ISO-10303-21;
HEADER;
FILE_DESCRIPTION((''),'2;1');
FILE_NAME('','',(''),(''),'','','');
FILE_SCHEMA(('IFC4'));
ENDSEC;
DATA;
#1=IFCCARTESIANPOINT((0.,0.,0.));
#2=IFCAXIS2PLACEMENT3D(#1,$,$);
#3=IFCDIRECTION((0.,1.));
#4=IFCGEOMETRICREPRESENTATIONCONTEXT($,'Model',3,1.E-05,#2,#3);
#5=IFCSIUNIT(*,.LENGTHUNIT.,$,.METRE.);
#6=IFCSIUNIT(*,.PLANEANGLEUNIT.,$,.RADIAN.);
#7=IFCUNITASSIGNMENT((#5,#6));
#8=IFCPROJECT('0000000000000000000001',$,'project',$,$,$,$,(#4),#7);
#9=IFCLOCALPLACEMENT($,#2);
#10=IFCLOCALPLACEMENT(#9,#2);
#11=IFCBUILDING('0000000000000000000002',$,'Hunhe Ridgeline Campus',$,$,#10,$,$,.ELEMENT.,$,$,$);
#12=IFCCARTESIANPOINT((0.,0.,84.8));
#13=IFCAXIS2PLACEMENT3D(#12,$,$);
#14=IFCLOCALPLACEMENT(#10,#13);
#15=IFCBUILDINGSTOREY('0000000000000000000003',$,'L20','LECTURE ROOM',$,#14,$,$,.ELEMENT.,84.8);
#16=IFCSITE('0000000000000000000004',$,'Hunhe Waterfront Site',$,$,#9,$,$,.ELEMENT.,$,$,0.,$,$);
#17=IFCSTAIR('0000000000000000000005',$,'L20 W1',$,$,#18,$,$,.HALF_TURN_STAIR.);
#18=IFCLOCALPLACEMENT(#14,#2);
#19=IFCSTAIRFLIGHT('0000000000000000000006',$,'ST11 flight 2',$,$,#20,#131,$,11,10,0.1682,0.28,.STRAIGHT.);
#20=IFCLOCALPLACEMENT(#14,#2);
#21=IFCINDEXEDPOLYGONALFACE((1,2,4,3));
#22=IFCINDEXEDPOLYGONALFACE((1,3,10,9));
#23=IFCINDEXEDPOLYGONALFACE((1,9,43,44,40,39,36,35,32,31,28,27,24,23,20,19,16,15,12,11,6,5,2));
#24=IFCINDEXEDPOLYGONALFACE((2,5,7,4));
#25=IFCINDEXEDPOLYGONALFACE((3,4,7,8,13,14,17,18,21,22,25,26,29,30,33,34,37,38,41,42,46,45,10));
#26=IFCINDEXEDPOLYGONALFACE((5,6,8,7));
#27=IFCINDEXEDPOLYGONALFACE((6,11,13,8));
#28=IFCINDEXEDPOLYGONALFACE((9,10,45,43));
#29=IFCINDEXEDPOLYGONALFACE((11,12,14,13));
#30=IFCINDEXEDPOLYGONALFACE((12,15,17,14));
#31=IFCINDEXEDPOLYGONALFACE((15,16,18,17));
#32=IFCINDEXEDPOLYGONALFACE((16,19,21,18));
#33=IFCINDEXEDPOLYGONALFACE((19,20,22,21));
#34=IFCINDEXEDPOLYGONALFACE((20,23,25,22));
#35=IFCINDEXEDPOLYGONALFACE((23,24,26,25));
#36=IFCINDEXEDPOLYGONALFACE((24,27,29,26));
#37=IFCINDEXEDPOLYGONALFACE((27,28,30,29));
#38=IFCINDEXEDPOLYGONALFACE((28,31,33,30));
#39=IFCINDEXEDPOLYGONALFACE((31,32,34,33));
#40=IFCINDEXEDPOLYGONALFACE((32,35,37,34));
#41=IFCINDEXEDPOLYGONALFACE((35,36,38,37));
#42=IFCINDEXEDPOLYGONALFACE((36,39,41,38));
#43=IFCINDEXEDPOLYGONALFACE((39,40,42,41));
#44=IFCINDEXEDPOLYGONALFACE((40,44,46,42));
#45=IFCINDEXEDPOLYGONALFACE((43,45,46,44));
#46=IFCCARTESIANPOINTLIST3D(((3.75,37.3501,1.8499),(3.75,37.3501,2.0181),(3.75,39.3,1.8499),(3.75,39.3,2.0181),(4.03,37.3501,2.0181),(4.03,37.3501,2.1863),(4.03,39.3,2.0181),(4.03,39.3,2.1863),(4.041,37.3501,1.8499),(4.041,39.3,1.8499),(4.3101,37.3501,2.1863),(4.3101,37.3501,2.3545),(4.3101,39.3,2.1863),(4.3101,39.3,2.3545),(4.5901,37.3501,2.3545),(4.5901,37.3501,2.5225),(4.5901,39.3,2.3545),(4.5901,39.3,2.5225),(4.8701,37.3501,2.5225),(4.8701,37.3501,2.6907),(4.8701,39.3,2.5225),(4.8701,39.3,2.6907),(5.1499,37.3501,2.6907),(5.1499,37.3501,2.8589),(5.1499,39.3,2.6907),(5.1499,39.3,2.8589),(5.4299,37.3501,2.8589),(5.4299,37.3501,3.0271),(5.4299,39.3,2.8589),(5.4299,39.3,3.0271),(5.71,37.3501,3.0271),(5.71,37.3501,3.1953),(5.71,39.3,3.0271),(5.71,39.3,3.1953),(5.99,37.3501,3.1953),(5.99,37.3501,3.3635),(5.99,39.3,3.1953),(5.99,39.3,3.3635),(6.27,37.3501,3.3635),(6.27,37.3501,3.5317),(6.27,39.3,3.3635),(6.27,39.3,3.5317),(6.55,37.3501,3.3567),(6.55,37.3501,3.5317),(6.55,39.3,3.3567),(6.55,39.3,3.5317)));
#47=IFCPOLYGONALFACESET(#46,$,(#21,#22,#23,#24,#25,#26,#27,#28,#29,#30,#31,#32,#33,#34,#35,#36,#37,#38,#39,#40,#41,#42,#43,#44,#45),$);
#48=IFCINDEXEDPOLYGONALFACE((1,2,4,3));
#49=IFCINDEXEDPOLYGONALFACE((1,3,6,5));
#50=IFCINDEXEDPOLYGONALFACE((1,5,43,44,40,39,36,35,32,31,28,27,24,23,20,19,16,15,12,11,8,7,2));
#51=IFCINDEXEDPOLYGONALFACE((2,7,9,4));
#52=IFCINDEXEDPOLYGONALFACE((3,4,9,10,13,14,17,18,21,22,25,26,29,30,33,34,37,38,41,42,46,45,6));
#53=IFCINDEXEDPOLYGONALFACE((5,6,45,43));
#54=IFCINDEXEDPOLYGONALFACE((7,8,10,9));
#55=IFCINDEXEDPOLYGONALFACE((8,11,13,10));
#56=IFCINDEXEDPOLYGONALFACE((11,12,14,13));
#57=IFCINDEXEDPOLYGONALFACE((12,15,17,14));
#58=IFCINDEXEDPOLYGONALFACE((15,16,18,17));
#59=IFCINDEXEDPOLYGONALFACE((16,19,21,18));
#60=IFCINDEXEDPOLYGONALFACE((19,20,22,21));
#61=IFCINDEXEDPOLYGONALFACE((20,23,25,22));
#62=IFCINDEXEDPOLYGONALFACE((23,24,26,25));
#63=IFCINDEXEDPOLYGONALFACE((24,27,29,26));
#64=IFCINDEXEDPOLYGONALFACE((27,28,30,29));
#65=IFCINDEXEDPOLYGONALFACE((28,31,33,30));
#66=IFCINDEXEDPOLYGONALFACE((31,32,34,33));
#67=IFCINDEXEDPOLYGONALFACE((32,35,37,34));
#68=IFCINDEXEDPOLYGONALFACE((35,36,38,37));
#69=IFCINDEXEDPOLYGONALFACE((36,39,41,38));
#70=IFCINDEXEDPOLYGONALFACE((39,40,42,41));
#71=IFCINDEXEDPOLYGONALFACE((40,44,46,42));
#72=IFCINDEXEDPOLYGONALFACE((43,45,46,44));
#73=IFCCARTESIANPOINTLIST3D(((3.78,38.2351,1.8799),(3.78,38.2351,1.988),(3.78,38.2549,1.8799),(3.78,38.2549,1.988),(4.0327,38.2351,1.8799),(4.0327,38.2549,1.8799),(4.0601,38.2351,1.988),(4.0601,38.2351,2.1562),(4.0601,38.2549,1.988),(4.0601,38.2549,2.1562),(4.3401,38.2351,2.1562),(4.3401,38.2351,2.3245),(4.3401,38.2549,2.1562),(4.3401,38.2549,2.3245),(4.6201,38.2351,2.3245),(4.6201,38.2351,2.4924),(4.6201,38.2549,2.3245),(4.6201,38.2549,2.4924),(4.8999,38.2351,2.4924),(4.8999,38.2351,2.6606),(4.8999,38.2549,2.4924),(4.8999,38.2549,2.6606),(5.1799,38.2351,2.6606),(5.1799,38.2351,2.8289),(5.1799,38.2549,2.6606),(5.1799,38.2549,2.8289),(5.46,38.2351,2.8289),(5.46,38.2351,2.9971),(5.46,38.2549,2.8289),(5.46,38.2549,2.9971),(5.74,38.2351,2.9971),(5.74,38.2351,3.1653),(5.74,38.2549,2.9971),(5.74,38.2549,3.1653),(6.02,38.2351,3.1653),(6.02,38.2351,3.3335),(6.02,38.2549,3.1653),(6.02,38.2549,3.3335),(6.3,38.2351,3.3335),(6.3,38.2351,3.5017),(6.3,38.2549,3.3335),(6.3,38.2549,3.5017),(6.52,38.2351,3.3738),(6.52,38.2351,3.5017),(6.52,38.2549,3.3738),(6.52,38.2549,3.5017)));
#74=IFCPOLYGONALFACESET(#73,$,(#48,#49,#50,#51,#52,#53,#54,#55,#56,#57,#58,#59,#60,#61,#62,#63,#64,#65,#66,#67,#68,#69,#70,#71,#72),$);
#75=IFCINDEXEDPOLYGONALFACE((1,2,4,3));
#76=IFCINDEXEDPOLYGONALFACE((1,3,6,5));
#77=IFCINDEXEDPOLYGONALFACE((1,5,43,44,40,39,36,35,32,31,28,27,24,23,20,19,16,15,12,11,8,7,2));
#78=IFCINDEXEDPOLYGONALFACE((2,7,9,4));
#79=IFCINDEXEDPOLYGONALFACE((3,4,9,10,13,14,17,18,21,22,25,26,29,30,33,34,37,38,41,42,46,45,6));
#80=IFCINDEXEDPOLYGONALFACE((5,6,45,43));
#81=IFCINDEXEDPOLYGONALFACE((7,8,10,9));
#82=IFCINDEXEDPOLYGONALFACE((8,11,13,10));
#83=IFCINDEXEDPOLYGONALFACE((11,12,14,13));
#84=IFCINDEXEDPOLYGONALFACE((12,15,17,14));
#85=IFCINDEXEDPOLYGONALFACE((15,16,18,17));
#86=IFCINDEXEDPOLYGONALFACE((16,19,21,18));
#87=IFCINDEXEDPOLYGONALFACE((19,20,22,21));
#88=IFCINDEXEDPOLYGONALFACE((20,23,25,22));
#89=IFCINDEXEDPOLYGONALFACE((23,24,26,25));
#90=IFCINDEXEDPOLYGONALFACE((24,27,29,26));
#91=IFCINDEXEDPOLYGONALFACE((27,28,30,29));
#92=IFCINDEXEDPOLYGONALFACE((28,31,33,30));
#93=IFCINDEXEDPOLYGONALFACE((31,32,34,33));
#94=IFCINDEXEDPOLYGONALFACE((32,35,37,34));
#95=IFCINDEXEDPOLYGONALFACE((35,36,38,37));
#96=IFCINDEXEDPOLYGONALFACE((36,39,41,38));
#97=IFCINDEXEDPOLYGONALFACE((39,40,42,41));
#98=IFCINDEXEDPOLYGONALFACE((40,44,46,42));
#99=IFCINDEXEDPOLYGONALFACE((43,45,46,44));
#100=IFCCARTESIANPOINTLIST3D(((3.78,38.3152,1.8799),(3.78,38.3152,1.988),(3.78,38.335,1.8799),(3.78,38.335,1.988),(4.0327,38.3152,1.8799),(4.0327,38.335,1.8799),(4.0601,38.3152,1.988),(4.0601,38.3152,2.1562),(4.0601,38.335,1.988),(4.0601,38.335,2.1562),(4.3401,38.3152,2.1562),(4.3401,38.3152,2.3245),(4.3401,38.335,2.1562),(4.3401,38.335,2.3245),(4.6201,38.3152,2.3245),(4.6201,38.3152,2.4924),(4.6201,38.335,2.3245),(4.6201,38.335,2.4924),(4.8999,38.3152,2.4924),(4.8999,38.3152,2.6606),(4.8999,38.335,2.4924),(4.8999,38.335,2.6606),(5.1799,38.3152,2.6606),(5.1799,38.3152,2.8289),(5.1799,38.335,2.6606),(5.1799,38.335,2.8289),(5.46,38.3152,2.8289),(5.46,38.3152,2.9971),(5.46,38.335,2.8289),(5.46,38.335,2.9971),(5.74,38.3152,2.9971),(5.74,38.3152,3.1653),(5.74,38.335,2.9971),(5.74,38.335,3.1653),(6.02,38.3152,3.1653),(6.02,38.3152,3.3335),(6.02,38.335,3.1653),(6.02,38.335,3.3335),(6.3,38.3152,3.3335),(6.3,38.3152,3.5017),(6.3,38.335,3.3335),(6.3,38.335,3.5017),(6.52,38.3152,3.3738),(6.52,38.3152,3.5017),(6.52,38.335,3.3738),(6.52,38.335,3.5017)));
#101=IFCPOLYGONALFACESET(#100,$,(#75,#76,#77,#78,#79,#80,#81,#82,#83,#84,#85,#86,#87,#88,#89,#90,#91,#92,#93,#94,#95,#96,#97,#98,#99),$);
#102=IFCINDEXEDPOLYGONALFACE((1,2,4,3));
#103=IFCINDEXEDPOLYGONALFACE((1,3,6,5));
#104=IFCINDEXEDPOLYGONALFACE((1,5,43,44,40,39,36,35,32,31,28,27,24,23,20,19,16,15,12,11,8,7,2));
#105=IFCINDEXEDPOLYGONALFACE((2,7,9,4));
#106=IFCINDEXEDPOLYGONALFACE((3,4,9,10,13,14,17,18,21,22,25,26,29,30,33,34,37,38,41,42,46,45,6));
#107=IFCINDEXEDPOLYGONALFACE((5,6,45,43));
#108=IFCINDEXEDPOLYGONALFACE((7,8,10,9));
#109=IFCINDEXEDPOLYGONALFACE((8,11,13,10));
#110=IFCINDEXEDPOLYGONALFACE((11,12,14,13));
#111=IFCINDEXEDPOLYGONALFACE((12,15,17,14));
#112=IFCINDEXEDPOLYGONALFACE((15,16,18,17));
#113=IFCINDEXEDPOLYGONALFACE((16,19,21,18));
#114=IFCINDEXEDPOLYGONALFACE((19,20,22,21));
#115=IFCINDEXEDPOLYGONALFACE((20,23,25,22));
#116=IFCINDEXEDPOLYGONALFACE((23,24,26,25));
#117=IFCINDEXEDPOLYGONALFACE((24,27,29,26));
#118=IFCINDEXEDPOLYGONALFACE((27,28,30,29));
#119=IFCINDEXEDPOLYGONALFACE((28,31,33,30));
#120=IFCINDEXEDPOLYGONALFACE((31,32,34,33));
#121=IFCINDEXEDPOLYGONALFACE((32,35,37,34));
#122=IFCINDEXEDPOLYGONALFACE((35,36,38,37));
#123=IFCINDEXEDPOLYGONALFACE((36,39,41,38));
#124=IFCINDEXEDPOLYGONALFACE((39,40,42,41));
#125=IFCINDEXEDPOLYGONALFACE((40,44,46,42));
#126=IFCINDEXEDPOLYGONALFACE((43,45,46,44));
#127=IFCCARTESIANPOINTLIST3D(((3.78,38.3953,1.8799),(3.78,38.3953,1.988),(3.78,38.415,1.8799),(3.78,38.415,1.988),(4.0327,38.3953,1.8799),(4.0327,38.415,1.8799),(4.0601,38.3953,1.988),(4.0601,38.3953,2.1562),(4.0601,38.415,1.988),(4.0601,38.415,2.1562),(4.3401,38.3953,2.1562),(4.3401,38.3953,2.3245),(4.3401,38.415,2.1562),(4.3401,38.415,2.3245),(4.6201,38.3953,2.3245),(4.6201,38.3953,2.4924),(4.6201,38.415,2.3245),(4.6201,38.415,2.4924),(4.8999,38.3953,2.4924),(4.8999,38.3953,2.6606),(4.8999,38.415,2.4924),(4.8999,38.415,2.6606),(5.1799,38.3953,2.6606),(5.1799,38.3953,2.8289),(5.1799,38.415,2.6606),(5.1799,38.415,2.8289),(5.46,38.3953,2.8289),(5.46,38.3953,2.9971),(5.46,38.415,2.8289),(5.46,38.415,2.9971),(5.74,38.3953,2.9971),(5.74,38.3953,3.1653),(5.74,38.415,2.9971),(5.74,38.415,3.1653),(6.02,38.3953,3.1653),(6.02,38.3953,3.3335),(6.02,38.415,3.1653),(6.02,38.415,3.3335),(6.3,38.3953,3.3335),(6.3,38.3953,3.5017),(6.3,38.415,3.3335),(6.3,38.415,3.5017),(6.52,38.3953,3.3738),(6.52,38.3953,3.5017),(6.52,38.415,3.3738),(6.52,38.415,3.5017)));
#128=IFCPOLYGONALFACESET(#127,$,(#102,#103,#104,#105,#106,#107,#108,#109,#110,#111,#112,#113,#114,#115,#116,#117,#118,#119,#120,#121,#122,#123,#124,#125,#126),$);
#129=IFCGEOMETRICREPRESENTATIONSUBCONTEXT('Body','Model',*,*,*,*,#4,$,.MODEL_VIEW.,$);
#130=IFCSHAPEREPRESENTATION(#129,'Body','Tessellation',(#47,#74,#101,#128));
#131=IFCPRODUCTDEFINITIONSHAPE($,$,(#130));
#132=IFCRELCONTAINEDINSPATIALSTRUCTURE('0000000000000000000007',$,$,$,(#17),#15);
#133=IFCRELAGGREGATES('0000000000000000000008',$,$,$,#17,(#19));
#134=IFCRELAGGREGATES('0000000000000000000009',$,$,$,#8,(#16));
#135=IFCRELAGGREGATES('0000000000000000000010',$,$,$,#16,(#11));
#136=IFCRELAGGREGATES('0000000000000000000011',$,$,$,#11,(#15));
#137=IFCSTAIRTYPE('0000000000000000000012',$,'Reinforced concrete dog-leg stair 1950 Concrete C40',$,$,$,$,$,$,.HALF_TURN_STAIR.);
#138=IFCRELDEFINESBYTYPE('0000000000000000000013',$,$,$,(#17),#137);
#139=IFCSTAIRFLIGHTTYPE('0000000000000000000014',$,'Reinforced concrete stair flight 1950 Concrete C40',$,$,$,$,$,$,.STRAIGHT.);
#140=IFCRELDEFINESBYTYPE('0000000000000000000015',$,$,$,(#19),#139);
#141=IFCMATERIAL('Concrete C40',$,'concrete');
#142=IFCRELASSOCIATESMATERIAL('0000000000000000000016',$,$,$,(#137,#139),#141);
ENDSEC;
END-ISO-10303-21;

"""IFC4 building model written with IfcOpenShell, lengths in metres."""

from ifc_helpers import new_model, si_unit, direction, frame, origin, place, context, subcontext, project, spatial, polyline, outline, extrude, material, type_object, element, aggregate, save


model = new_model("IFC4")

# Units and contexts
model_context = context("Model", 3, precision=1e-05, world=origin(), true_north=direction((0.0, 1.0)))
body_context = subcontext(model_context, "Body", "Model", "MODEL_VIEW")
ifc_project = project(units=[si_unit("LENGTHUNIT", "METRE"), si_unit("PLANEANGLEUNIT", "RADIAN")], contexts=[model_context])

# Site, building, storey
site_placement = place(None, origin())
site = spatial("IfcSite", under=ifc_project, at=site_placement, Name="Hunhe Waterfront Site", CompositionType="ELEMENT", RefElevation=0.0)
building_placement = place(site_placement, origin())
building = spatial("IfcBuilding", under=site, at=building_placement, Name="Hunhe Ridgeline Campus", CompositionType="ELEMENT")
storey_placement = place(building_placement, frame((0.0, 0.0, 84.8)))
storey = spatial("IfcBuildingStorey", under=building, at=storey_placement, Name="L20", Description="LECTURE ROOM", CompositionType="ELEMENT", Elevation=84.8)

# Shared definitions
ifc_material_1 = material(Name="Concrete C40", Category="concrete")
stair_type = type_object("IfcStairType", Name="Reinforced concrete dog-leg stair 1950 Concrete C40", PredefinedType="HALF_TURN_STAIR", material=ifc_material_1)
stair_flight_type = type_object("IfcStairFlightType", Name="Reinforced concrete stair flight 1950 Concrete C40", PredefinedType="STRAIGHT", material=ifc_material_1)

# Stair, stair flight
stair_1_placement = place(storey_placement, origin())
stair_1 = element("IfcStair", 1, at=stair_1_placement, inside=storey, type_object=stair_type, Name="L20 W1", PredefinedType="HALF_TURN_STAIR")
stair_flight_1_placement = place(storey_placement, frame((3.75, 38.325, 1.8499), z_axis=(0.0, 0.0, 1.0), x_axis=(1.0, 0.0, 0.0)))
stair_flight_1 = element("IfcStairFlight", 2, at=stair_flight_1_placement, type_object=stair_flight_type, Name="ST11 flight 2", NumberOfRisers=11, NumberOfTreads=10, PredefinedType="STRAIGHT", RiserHeight=0.1682, TreadLength=0.28, context=body_context, shape_type="SweptSolid", body=[
    extrude(outline(polyline([(0.0, 0.0), (0.0, 0.1682), (0.28, 0.1682), (0.28, 0.3364), (0.5601, 0.3364), (0.5601, 0.5046), (0.8401, 0.5046), (0.8401, 0.6726), (1.1201, 0.6726), (1.1201, 0.8408), (1.3999, 0.8408), (1.3999, 1.009), (1.6799, 1.009), (1.6799, 1.1772), (1.96, 1.1772), (1.96, 1.3455), (2.24, 1.3455), (2.24, 1.5137), (2.52, 1.5137), (2.52, 1.6819), (2.8, 1.6819), (2.8, 1.8501), (2.8, 1.5068), (0.291, 0.0), (0.0, 0.0)])), frame((0.0, 0.9751, 0.0), z_axis=(0.0, -1.0, 0.0), x_axis=(1.0, 0.0, 0.0)), (0.0, 0.0, 1.0), 1.95),
    extrude(outline(polyline([(0.03, 0.03), (0.03, 0.1382), (0.3101, 0.1382), (0.3101, 0.3064), (0.5901, 0.3064), (0.5901, 0.4746), (0.8701, 0.4746), (0.8701, 0.6426), (1.1499, 0.6426), (1.1499, 0.8108), (1.4299, 0.8108), (1.4299, 0.979), (1.71, 0.979), (1.71, 1.1472), (1.99, 1.1472), (1.99, 1.3154), (2.27, 1.3154), (2.27, 1.4836), (2.55, 1.4836), (2.55, 1.6519), (2.77, 1.6519), (2.77, 1.5239), (0.2827, 0.03), (0.03, 0.03)])), frame((0.0, -0.0701, 0.0), z_axis=(0.0, -1.0, 0.0), x_axis=(1.0, 0.0, 0.0)), (0.0, 0.0, 1.0), 0.0198),
    extrude(outline(polyline([(0.03, 0.03), (0.03, 0.1382), (0.3101, 0.1382), (0.3101, 0.3064), (0.5901, 0.3064), (0.5901, 0.4746), (0.8701, 0.4746), (0.8701, 0.6426), (1.1499, 0.6426), (1.1499, 0.8108), (1.4299, 0.8108), (1.4299, 0.979), (1.71, 0.979), (1.71, 1.1472), (1.99, 1.1472), (1.99, 1.3154), (2.27, 1.3154), (2.27, 1.4836), (2.55, 1.4836), (2.55, 1.6519), (2.77, 1.6519), (2.77, 1.5239), (0.2827, 0.03), (0.03, 0.03)])), frame((0.0, 0.01, 0.0), z_axis=(0.0, -1.0, 0.0), x_axis=(1.0, 0.0, 0.0)), (0.0, 0.0, 1.0), 0.0198),
    extrude(outline(polyline([(0.03, 0.03), (0.03, 0.1382), (0.3101, 0.1382), (0.3101, 0.3064), (0.5901, 0.3064), (0.5901, 0.4746), (0.8701, 0.4746), (0.8701, 0.6426), (1.1499, 0.6426), (1.1499, 0.8108), (1.4299, 0.8108), (1.4299, 0.979), (1.71, 0.979), (1.71, 1.1472), (1.99, 1.1472), (1.99, 1.3154), (2.27, 1.3154), (2.27, 1.4836), (2.55, 1.4836), (2.55, 1.6519), (2.77, 1.6519), (2.77, 1.5239), (0.2827, 0.03), (0.03, 0.03)])), frame((0.0, 0.0901, 0.0), z_axis=(0.0, -1.0, 0.0), x_axis=(1.0, 0.0, 0.0)), (0.0, 0.0, 1.0), 0.0198),
])
aggregate(stair_1, [stair_flight_1])

save(model, "model.ifc")
